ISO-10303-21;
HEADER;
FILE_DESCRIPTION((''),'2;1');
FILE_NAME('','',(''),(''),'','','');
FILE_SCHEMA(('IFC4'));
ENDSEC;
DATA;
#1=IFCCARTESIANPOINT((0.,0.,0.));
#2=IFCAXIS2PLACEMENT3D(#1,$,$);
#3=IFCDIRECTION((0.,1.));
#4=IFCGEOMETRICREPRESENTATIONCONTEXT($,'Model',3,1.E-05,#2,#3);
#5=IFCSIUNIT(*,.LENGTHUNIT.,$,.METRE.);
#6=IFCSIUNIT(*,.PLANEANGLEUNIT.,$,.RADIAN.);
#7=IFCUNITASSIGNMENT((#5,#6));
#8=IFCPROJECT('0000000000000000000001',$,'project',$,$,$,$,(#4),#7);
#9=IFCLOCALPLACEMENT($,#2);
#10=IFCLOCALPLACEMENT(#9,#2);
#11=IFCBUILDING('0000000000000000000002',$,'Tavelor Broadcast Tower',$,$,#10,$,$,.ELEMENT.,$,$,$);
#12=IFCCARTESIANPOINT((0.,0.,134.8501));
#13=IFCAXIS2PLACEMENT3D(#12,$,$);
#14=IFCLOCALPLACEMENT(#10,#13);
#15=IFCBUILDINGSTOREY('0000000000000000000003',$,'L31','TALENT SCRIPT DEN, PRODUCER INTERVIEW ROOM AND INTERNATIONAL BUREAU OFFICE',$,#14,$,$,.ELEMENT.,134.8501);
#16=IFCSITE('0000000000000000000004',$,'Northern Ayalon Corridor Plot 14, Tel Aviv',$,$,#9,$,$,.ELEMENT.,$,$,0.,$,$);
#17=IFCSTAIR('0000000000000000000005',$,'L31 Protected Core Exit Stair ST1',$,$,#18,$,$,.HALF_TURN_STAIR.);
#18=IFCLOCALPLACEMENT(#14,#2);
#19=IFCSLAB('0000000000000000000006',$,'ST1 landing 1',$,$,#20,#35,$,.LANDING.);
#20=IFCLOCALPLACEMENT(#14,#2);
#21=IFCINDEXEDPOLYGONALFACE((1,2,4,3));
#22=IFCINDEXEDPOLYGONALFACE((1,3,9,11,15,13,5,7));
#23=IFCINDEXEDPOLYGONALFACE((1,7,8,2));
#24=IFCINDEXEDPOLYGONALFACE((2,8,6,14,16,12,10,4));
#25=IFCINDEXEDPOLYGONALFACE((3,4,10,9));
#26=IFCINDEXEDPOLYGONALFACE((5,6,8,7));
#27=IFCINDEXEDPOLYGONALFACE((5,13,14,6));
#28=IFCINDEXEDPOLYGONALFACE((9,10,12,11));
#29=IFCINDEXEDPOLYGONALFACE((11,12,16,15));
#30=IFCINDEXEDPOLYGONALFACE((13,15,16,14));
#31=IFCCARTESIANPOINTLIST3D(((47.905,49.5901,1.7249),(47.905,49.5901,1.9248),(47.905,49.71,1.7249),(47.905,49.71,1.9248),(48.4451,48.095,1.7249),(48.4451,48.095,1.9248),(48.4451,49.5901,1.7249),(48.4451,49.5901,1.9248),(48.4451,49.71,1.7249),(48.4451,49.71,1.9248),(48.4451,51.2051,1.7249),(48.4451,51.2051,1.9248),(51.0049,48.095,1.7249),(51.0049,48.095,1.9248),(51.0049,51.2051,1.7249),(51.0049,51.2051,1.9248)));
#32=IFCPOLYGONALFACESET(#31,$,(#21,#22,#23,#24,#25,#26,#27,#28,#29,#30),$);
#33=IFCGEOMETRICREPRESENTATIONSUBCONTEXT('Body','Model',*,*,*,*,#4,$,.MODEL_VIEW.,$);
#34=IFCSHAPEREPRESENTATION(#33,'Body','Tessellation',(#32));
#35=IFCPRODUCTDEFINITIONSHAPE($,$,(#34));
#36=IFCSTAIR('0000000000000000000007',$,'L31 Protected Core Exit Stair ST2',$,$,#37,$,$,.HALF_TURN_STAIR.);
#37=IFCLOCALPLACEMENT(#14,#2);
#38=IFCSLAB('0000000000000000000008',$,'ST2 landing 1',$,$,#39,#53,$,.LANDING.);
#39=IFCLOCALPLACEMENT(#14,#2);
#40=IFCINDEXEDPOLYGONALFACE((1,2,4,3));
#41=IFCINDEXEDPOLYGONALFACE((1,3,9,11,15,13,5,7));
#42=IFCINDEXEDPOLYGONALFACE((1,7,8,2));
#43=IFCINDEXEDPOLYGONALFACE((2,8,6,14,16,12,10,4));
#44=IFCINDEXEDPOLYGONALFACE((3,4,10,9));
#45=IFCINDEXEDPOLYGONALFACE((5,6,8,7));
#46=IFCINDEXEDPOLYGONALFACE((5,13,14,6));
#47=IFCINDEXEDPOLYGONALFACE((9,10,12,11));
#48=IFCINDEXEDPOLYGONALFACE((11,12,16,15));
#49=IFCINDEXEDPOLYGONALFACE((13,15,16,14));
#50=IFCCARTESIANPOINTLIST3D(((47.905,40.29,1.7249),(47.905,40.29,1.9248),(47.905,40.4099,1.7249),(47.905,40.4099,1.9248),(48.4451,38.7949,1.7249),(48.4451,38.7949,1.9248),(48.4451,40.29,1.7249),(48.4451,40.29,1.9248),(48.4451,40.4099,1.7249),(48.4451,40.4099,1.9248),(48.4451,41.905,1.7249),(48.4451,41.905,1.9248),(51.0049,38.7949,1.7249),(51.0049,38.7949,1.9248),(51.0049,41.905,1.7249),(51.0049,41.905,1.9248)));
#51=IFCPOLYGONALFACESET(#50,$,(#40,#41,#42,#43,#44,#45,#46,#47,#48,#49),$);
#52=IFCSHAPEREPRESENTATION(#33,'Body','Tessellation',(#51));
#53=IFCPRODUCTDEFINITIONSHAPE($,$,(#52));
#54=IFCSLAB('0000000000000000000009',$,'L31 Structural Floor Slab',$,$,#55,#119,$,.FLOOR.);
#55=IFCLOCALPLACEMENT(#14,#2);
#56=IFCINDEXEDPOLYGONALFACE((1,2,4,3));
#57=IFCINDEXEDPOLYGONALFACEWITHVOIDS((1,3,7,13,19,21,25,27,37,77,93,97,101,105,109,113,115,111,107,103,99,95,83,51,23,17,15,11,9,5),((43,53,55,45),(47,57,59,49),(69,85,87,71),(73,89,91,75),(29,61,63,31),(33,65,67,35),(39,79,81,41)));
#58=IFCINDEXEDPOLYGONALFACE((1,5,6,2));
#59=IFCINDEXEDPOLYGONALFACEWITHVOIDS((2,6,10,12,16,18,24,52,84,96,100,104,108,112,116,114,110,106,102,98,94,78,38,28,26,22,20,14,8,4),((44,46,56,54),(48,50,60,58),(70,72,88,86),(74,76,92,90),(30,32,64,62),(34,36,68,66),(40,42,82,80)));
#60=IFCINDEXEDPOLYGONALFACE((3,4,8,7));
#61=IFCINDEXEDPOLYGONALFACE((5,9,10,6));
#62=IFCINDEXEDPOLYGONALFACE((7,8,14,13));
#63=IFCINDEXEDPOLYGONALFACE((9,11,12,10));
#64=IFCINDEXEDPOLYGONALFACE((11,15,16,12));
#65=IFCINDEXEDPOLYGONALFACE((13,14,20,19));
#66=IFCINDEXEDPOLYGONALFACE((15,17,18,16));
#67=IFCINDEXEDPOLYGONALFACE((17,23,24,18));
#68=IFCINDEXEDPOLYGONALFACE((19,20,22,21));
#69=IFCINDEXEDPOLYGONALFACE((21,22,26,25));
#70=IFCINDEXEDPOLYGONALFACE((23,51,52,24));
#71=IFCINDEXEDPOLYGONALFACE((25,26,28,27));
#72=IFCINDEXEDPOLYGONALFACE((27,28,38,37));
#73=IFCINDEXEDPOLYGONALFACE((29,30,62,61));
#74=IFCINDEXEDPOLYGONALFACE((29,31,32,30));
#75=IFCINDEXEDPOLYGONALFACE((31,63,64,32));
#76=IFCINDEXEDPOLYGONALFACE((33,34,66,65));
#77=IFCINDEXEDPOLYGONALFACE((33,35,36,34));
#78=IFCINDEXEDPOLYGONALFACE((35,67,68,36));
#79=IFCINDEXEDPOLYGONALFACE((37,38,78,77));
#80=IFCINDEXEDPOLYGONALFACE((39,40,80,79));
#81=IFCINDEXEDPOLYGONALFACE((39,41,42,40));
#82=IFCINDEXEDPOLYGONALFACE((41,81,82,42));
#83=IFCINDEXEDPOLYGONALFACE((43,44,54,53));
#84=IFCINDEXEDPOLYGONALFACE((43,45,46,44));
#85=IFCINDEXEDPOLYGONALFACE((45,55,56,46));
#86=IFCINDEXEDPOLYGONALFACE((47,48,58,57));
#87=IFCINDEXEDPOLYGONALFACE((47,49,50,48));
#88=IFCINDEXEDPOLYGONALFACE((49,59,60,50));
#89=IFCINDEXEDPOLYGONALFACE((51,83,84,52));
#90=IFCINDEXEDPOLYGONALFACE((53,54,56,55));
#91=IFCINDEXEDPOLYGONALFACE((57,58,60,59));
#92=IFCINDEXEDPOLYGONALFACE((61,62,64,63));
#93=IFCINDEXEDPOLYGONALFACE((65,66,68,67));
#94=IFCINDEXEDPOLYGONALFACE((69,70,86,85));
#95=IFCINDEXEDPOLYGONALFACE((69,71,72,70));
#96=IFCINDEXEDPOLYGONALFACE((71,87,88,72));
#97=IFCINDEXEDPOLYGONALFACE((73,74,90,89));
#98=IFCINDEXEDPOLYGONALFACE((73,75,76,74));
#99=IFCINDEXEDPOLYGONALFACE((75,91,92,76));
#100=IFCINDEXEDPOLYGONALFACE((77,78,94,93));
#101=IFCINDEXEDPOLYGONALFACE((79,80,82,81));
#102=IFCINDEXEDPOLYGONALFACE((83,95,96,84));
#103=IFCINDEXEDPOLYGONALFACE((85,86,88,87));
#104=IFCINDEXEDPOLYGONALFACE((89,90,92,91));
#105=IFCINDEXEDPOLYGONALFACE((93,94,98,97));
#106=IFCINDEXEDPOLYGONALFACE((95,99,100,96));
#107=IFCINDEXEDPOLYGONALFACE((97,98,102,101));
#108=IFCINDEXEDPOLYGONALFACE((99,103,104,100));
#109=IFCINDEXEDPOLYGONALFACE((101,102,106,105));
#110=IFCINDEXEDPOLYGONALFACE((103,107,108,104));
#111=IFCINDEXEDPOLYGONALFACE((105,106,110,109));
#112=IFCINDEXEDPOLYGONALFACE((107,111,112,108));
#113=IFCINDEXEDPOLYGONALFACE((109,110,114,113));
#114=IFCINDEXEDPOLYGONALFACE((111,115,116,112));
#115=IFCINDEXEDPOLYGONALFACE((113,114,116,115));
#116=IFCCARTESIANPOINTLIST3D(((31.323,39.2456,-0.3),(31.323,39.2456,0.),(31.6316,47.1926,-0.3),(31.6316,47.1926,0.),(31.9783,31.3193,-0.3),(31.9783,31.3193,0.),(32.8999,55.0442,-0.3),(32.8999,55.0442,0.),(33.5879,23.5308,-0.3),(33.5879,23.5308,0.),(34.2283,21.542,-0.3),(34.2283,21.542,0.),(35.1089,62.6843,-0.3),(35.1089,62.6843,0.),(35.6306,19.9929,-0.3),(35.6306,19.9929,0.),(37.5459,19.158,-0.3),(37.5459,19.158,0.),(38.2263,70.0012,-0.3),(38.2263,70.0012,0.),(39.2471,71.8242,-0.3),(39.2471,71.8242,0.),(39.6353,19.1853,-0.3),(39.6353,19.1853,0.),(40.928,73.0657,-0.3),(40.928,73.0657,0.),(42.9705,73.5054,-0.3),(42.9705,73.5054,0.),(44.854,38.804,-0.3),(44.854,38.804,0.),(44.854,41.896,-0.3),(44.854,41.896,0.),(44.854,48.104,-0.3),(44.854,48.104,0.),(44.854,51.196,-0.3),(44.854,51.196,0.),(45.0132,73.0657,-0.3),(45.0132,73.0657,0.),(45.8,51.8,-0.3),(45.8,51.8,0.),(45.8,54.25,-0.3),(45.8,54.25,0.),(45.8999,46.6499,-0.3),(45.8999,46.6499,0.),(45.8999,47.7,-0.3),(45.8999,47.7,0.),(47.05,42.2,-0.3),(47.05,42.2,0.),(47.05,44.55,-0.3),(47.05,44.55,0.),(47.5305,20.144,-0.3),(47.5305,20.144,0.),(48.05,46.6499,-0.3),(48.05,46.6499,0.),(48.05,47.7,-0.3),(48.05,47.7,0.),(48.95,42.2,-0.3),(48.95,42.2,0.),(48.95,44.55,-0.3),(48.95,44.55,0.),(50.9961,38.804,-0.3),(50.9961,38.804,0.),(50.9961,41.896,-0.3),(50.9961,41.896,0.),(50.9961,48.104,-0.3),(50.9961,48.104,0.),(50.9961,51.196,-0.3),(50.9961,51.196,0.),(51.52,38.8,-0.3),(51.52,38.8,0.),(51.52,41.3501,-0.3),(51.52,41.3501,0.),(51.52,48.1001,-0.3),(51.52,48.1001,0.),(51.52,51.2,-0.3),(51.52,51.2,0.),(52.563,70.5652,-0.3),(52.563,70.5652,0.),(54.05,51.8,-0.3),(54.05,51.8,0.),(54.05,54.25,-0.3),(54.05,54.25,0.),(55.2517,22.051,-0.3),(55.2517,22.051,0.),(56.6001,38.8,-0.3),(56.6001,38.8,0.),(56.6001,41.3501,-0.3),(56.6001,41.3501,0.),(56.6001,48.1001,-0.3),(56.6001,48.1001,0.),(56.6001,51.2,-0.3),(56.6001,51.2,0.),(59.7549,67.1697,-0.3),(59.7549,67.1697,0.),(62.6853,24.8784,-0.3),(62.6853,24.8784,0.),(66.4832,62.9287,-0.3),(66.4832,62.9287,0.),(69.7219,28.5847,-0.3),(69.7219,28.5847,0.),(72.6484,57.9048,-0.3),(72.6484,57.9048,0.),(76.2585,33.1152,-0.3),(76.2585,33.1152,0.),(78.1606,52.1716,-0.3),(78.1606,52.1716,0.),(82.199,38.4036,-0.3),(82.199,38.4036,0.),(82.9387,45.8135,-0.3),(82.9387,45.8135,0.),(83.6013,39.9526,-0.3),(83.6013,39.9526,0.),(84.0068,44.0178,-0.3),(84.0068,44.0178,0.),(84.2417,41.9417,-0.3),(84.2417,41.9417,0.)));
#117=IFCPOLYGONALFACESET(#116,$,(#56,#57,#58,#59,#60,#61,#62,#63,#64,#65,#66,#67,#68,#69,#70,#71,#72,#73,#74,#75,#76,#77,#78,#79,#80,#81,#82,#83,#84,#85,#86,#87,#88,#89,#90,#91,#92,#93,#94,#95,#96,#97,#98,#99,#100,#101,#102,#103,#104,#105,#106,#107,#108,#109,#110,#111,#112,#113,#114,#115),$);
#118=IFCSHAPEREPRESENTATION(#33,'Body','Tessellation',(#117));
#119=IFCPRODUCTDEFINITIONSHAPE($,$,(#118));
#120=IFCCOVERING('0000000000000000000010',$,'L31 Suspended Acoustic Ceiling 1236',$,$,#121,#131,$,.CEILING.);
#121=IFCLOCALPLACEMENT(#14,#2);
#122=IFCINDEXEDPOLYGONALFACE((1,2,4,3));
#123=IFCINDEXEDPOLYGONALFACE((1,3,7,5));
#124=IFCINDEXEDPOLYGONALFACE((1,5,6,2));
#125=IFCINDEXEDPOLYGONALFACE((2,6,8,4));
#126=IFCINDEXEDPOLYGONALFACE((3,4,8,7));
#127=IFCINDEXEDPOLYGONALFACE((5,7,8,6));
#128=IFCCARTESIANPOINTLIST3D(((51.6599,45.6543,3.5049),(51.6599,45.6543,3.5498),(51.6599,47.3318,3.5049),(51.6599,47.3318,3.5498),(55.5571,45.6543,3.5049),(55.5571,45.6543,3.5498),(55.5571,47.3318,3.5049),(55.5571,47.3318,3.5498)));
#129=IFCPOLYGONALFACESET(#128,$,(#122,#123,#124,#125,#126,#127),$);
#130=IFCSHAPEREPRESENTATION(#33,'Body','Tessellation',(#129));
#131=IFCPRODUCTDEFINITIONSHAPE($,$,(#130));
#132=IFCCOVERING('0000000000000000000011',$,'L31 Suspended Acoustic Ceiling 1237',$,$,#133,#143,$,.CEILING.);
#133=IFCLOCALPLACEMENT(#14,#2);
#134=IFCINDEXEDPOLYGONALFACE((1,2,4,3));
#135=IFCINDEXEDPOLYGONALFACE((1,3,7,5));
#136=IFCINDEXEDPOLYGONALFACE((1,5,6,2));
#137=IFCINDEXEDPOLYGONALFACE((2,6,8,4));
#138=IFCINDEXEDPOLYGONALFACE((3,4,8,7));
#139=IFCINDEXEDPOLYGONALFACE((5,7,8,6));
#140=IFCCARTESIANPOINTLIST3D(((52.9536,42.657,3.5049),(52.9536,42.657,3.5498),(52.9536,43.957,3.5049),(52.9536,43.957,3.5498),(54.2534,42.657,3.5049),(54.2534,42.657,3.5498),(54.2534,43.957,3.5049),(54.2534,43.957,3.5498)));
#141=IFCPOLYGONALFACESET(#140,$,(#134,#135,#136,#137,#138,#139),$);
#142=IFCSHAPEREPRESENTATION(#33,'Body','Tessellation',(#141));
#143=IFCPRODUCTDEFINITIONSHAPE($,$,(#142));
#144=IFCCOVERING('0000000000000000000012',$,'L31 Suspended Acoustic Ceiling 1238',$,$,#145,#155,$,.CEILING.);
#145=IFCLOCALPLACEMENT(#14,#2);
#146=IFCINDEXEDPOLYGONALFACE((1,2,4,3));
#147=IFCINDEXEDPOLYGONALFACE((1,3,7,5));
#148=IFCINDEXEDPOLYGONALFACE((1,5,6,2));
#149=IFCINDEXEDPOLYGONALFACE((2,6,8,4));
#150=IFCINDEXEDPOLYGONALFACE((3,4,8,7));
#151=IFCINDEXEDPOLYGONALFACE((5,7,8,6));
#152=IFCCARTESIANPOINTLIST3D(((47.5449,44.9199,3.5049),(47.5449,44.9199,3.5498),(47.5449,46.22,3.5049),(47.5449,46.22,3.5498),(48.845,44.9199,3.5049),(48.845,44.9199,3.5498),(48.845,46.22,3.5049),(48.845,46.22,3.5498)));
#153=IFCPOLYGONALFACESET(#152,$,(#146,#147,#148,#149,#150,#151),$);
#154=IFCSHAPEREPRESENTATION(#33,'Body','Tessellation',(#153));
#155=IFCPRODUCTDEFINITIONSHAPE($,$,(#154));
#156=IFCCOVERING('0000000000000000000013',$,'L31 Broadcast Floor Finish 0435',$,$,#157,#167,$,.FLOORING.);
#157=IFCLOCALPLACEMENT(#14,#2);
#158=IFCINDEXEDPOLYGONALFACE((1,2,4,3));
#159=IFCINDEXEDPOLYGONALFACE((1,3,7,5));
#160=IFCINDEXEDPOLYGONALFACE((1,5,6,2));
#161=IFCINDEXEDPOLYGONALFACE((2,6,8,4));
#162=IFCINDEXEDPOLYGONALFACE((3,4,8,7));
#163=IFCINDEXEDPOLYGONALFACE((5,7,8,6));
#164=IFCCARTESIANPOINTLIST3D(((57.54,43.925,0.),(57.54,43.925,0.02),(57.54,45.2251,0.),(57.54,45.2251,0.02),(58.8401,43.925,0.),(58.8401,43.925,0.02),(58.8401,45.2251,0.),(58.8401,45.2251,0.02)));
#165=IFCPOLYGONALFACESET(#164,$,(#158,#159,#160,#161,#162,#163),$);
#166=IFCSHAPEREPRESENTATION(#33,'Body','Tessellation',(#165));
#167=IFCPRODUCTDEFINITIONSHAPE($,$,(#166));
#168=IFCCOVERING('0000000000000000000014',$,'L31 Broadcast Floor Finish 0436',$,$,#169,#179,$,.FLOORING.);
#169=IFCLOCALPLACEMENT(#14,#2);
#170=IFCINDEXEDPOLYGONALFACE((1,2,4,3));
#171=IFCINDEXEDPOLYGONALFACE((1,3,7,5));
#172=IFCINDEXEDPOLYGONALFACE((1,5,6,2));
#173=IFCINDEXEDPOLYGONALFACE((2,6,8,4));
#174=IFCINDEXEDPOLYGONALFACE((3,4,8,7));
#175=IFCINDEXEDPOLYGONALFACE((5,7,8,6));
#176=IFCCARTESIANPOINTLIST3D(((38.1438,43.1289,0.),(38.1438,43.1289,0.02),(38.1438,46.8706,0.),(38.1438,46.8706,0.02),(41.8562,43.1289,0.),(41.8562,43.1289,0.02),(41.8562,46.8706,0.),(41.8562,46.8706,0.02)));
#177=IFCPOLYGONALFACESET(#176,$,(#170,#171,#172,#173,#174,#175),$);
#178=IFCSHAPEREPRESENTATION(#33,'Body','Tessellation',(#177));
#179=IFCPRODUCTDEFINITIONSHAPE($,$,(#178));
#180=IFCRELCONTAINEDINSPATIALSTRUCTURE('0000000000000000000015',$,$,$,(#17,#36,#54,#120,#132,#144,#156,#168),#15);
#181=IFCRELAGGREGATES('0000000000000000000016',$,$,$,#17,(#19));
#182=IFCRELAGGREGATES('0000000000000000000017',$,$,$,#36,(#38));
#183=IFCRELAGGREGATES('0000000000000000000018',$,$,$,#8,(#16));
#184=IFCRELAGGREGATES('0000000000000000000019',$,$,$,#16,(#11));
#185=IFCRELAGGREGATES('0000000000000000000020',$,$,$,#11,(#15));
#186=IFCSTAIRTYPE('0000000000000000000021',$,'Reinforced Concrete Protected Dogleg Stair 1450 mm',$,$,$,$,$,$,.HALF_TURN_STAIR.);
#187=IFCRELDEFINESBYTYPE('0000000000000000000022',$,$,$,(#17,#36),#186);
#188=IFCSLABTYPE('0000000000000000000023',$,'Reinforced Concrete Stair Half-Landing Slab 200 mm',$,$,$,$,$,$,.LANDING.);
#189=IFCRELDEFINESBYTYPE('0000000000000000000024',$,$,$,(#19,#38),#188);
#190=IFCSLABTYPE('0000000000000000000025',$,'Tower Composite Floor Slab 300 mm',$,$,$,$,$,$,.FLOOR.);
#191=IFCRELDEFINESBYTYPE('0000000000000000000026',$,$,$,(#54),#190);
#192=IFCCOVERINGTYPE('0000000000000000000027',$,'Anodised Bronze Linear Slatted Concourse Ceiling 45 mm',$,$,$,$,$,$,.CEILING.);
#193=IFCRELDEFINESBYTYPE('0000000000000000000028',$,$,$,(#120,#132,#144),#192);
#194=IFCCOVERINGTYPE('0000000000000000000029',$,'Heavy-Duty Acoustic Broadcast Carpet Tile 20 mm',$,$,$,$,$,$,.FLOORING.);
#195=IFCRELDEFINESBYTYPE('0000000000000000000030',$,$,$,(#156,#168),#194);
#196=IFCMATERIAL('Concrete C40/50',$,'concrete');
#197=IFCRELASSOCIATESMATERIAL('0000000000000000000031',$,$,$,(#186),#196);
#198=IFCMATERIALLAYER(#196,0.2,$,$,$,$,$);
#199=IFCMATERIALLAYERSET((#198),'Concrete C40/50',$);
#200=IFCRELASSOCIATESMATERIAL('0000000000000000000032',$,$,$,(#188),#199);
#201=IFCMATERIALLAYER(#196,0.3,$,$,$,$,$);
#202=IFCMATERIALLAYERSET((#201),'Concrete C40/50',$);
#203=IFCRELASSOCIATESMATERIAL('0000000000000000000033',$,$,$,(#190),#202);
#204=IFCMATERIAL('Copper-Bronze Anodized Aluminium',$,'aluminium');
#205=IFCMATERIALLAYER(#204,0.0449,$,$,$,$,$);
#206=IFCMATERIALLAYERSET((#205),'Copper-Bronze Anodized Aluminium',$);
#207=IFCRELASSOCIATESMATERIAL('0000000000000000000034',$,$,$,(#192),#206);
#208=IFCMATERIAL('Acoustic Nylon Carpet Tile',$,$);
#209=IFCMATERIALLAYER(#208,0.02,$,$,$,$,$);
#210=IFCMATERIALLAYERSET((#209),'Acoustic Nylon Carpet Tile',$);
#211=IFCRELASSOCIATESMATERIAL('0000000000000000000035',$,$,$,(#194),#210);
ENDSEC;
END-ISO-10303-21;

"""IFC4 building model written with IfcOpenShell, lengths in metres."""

from ifc_helpers import new_model, si_unit, direction, frame, origin, place, context, subcontext, project, spatial, polyline, outline, extrude, material, layer, layer_set, type_object, element, aggregate, save


model = new_model("IFC4")

# Units and contexts
model_context = context("Model", 3, precision=1e-05, world=origin(), true_north=direction((0.0, 1.0)))
body_context = subcontext(model_context, "Body", "Model", "MODEL_VIEW")
ifc_project = project(units=[si_unit("LENGTHUNIT", "METRE"), si_unit("PLANEANGLEUNIT", "RADIAN")], contexts=[model_context])

# Site, building, storey
site_placement = place(None, origin())
site = spatial("IfcSite", under=ifc_project, at=site_placement, Name="Northern Ayalon Corridor Plot 14, Tel Aviv", CompositionType="ELEMENT", RefElevation=0.0)
building_placement = place(site_placement, origin())
building = spatial("IfcBuilding", under=site, at=building_placement, Name="Tavelor Broadcast Tower", CompositionType="ELEMENT")
storey_placement = place(building_placement, frame((0.0, 0.0, 134.8501)))
storey = spatial("IfcBuildingStorey", under=building, at=storey_placement, Name="L31", Description="TALENT SCRIPT DEN, PRODUCER INTERVIEW ROOM AND INTERNATIONAL BUREAU OFFICE", CompositionType="ELEMENT", Elevation=134.8501)

# Stairs, slabs
ifc_material_1 = material(Name="Concrete C40/50", Category="concrete")
stair_type = type_object("IfcStairType", Name="Reinforced Concrete Protected Dogleg Stair 1450 mm", PredefinedType="HALF_TURN_STAIR", material=ifc_material_1)
stair_1_placement = place(storey_placement, origin())
stair_1 = element("IfcStair", 1, at=stair_1_placement, inside=storey, type_object=stair_type, Name="L31 Protected Core Exit Stair ST1", PredefinedType="HALF_TURN_STAIR")
ifc_layer_1 = layer(ifc_material_1, 0.2)
ifc_layer_set_1 = layer_set([ifc_layer_1], Name="Concrete C40/50")
slab_type_1 = type_object("IfcSlabType", Name="Reinforced Concrete Stair Half-Landing Slab 200 mm", PredefinedType="LANDING", material=ifc_layer_set_1)
slab_1_placement = place(storey_placement, frame((0.0, 0.0, 1.7249)))
slab_1 = element("IfcSlab", 2, at=slab_1_placement, type_object=slab_type_1, Name="ST1 landing 1", PredefinedType="LANDING", context=body_context, shape_type="SweptSolid", body=[
    extrude(outline(polyline([(48.4451, 49.5901), (48.4451, 48.095), (51.0049, 48.095), (51.0049, 51.2051), (48.4451, 51.2051), (48.4451, 49.71), (47.905, 49.71), (47.905, 49.5901), (48.4451, 49.5901)])), origin(), (0.0, 0.0, 1.0), 0.2),
])
aggregate(stair_1, [slab_1])
stair_2_placement = place(storey_placement, origin())
stair_2 = element("IfcStair", 3, at=stair_2_placement, inside=storey, type_object=stair_type, Name="L31 Protected Core Exit Stair ST2", PredefinedType="HALF_TURN_STAIR")
slab_2_placement = place(storey_placement, frame((0.0, 0.0, 1.7249)))
slab_2 = element("IfcSlab", 4, at=slab_2_placement, type_object=slab_type_1, Name="ST2 landing 1", PredefinedType="LANDING", context=body_context, shape_type="SweptSolid", body=[
    extrude(outline(polyline([(48.4451, 40.29), (48.4451, 38.7949), (51.0049, 38.7949), (51.0049, 41.905), (48.4451, 41.905), (48.4451, 40.4099), (47.905, 40.4099), (47.905, 40.29), (48.4451, 40.29)])), origin(), (0.0, 0.0, 1.0), 0.2),
])
aggregate(stair_2, [slab_2])

# Slab
ifc_layer_2 = layer(ifc_material_1, 0.3)
ifc_layer_set_2 = layer_set([ifc_layer_2], Name="Concrete C40/50")
slab_type_2 = type_object("IfcSlabType", Name="Tower Composite Floor Slab 300 mm", PredefinedType="FLOOR", material=ifc_layer_set_2)
slab_3_placement = place(storey_placement, frame((0.0, 0.0, -0.3)))
element("IfcSlab", 5, at=slab_3_placement, inside=storey, type_object=slab_type_2, Name="L31 Structural Floor Slab", PredefinedType="FLOOR", context=body_context, shape_type="SweptSolid", body=[
    extrude(outline(polyline([(45.0132, 73.0657), (42.9705, 73.5054), (40.928, 73.0657), (39.2471, 71.8242), (38.2263, 70.0012), (35.1089, 62.6843), (32.8999, 55.0442), (31.6316, 47.1926), (31.323, 39.2456), (31.9783, 31.3193), (33.5879, 23.5308), (34.2283, 21.542), (35.6306, 19.9929), (37.5459, 19.158), (39.6353, 19.1853), (47.5305, 20.144), (55.2517, 22.051), (62.6853, 24.8784), (69.7219, 28.5847), (76.2585, 33.1152), (82.199, 38.4036), (83.6013, 39.9526), (84.2417, 41.9417), (84.0068, 44.0178), (82.9387, 45.8135), (78.1606, 52.1716), (72.6484, 57.9048), (66.4832, 62.9287), (59.7549, 67.1697), (52.563, 70.5652), (45.0132, 73.0657)]), holes=[polyline([(56.6001, 41.3501), (56.6001, 38.8), (51.52, 38.8), (51.52, 41.3501), (56.6001, 41.3501)]), polyline([(50.9961, 38.804), (44.854, 38.804), (44.854, 41.896), (50.9961, 41.896), (50.9961, 38.804)]), polyline([(47.05, 42.2), (47.05, 44.55), (48.95, 44.55), (48.95, 42.2), (47.05, 42.2)]), polyline([(48.05, 46.6499), (45.8999, 46.6499), (45.8999, 47.7), (48.05, 47.7), (48.05, 46.6499)]), polyline([(50.9961, 48.104), (44.854, 48.104), (44.854, 51.196), (50.9961, 51.196), (50.9961, 48.104)]), polyline([(56.6001, 48.1001), (51.52, 48.1001), (51.52, 51.2), (56.6001, 51.2), (56.6001, 48.1001)]), polyline([(54.05, 51.8), (45.8, 51.8), (45.8, 54.25), (54.05, 54.25), (54.05, 51.8)])]), origin(), (0.0, 0.0, 1.0), 0.3),
])

# Coverings
ifc_material_2 = material(Name="Copper-Bronze Anodized Aluminium", Category="aluminium")
ifc_layer_3 = layer(ifc_material_2, 0.0449)
ifc_layer_set_3 = layer_set([ifc_layer_3], Name="Copper-Bronze Anodized Aluminium")
covering_type_1 = type_object("IfcCoveringType", Name="Anodised Bronze Linear Slatted Concourse Ceiling 45 mm", PredefinedType="CEILING", material=ifc_layer_set_3)
covering_1_placement = place(storey_placement, frame((0.0, 0.0, 3.5049)))
element("IfcCovering", 6, at=covering_1_placement, inside=storey, type_object=covering_type_1, Name="L31 Suspended Acoustic Ceiling 1236", PredefinedType="CEILING", context=body_context, shape_type="SweptSolid", body=[
    extrude(outline(polyline([(51.6599, 45.6543), (55.5571, 45.6543), (55.5571, 47.3318), (51.6599, 47.3318), (51.6599, 45.6543)])), origin(), (0.0, 0.0, 1.0), 0.0449),
])
covering_2_placement = place(storey_placement, frame((0.0, 0.0, 3.5049)))
element("IfcCovering", 7, at=covering_2_placement, inside=storey, type_object=covering_type_1, Name="L31 Suspended Acoustic Ceiling 1237", PredefinedType="CEILING", context=body_context, shape_type="SweptSolid", body=[
    extrude(outline(polyline([(52.9536, 42.657), (54.2534, 42.657), (54.2534, 43.957), (52.9536, 43.957), (52.9536, 42.657)])), origin(), (0.0, 0.0, 1.0), 0.0449),
])
covering_3_placement = place(storey_placement, frame((0.0, 0.0, 3.5049)))
element("IfcCovering", 8, at=covering_3_placement, inside=storey, type_object=covering_type_1, Name="L31 Suspended Acoustic Ceiling 1238", PredefinedType="CEILING", context=body_context, shape_type="SweptSolid", body=[
    extrude(outline(polyline([(47.5449, 44.9199), (48.845, 44.9199), (48.845, 46.22), (47.5449, 46.22), (47.5449, 44.9199)])), origin(), (0.0, 0.0, 1.0), 0.0449),
])
ifc_material_3 = material(Name="Acoustic Nylon Carpet Tile")
ifc_layer_4 = layer(ifc_material_3, 0.02)
ifc_layer_set_4 = layer_set([ifc_layer_4], Name="Acoustic Nylon Carpet Tile")
covering_type_2 = type_object("IfcCoveringType", Name="Heavy-Duty Acoustic Broadcast Carpet Tile 20 mm", PredefinedType="FLOORING", material=ifc_layer_set_4)
covering_4_placement = place(storey_placement, origin())
element("IfcCovering", 9, at=covering_4_placement, inside=storey, type_object=covering_type_2, Name="L31 Broadcast Floor Finish 0435", PredefinedType="FLOORING", context=body_context, shape_type="SweptSolid", body=[
    extrude(outline(polyline([(57.54, 43.925), (58.8401, 43.925), (58.8401, 45.2251), (57.54, 45.2251), (57.54, 43.925)])), origin(), (0.0, 0.0, 1.0), 0.02),
])
covering_5_placement = place(storey_placement, origin())
element("IfcCovering", 10, at=covering_5_placement, inside=storey, type_object=covering_type_2, Name="L31 Broadcast Floor Finish 0436", PredefinedType="FLOORING", context=body_context, shape_type="SweptSolid", body=[
    extrude(outline(polyline([(38.1438, 43.1289), (41.8562, 43.1289), (41.8562, 46.8706), (38.1438, 46.8706), (38.1438, 43.1289)])), origin(), (0.0, 0.0, 1.0), 0.02),
])

save(model, "model.ifc")
